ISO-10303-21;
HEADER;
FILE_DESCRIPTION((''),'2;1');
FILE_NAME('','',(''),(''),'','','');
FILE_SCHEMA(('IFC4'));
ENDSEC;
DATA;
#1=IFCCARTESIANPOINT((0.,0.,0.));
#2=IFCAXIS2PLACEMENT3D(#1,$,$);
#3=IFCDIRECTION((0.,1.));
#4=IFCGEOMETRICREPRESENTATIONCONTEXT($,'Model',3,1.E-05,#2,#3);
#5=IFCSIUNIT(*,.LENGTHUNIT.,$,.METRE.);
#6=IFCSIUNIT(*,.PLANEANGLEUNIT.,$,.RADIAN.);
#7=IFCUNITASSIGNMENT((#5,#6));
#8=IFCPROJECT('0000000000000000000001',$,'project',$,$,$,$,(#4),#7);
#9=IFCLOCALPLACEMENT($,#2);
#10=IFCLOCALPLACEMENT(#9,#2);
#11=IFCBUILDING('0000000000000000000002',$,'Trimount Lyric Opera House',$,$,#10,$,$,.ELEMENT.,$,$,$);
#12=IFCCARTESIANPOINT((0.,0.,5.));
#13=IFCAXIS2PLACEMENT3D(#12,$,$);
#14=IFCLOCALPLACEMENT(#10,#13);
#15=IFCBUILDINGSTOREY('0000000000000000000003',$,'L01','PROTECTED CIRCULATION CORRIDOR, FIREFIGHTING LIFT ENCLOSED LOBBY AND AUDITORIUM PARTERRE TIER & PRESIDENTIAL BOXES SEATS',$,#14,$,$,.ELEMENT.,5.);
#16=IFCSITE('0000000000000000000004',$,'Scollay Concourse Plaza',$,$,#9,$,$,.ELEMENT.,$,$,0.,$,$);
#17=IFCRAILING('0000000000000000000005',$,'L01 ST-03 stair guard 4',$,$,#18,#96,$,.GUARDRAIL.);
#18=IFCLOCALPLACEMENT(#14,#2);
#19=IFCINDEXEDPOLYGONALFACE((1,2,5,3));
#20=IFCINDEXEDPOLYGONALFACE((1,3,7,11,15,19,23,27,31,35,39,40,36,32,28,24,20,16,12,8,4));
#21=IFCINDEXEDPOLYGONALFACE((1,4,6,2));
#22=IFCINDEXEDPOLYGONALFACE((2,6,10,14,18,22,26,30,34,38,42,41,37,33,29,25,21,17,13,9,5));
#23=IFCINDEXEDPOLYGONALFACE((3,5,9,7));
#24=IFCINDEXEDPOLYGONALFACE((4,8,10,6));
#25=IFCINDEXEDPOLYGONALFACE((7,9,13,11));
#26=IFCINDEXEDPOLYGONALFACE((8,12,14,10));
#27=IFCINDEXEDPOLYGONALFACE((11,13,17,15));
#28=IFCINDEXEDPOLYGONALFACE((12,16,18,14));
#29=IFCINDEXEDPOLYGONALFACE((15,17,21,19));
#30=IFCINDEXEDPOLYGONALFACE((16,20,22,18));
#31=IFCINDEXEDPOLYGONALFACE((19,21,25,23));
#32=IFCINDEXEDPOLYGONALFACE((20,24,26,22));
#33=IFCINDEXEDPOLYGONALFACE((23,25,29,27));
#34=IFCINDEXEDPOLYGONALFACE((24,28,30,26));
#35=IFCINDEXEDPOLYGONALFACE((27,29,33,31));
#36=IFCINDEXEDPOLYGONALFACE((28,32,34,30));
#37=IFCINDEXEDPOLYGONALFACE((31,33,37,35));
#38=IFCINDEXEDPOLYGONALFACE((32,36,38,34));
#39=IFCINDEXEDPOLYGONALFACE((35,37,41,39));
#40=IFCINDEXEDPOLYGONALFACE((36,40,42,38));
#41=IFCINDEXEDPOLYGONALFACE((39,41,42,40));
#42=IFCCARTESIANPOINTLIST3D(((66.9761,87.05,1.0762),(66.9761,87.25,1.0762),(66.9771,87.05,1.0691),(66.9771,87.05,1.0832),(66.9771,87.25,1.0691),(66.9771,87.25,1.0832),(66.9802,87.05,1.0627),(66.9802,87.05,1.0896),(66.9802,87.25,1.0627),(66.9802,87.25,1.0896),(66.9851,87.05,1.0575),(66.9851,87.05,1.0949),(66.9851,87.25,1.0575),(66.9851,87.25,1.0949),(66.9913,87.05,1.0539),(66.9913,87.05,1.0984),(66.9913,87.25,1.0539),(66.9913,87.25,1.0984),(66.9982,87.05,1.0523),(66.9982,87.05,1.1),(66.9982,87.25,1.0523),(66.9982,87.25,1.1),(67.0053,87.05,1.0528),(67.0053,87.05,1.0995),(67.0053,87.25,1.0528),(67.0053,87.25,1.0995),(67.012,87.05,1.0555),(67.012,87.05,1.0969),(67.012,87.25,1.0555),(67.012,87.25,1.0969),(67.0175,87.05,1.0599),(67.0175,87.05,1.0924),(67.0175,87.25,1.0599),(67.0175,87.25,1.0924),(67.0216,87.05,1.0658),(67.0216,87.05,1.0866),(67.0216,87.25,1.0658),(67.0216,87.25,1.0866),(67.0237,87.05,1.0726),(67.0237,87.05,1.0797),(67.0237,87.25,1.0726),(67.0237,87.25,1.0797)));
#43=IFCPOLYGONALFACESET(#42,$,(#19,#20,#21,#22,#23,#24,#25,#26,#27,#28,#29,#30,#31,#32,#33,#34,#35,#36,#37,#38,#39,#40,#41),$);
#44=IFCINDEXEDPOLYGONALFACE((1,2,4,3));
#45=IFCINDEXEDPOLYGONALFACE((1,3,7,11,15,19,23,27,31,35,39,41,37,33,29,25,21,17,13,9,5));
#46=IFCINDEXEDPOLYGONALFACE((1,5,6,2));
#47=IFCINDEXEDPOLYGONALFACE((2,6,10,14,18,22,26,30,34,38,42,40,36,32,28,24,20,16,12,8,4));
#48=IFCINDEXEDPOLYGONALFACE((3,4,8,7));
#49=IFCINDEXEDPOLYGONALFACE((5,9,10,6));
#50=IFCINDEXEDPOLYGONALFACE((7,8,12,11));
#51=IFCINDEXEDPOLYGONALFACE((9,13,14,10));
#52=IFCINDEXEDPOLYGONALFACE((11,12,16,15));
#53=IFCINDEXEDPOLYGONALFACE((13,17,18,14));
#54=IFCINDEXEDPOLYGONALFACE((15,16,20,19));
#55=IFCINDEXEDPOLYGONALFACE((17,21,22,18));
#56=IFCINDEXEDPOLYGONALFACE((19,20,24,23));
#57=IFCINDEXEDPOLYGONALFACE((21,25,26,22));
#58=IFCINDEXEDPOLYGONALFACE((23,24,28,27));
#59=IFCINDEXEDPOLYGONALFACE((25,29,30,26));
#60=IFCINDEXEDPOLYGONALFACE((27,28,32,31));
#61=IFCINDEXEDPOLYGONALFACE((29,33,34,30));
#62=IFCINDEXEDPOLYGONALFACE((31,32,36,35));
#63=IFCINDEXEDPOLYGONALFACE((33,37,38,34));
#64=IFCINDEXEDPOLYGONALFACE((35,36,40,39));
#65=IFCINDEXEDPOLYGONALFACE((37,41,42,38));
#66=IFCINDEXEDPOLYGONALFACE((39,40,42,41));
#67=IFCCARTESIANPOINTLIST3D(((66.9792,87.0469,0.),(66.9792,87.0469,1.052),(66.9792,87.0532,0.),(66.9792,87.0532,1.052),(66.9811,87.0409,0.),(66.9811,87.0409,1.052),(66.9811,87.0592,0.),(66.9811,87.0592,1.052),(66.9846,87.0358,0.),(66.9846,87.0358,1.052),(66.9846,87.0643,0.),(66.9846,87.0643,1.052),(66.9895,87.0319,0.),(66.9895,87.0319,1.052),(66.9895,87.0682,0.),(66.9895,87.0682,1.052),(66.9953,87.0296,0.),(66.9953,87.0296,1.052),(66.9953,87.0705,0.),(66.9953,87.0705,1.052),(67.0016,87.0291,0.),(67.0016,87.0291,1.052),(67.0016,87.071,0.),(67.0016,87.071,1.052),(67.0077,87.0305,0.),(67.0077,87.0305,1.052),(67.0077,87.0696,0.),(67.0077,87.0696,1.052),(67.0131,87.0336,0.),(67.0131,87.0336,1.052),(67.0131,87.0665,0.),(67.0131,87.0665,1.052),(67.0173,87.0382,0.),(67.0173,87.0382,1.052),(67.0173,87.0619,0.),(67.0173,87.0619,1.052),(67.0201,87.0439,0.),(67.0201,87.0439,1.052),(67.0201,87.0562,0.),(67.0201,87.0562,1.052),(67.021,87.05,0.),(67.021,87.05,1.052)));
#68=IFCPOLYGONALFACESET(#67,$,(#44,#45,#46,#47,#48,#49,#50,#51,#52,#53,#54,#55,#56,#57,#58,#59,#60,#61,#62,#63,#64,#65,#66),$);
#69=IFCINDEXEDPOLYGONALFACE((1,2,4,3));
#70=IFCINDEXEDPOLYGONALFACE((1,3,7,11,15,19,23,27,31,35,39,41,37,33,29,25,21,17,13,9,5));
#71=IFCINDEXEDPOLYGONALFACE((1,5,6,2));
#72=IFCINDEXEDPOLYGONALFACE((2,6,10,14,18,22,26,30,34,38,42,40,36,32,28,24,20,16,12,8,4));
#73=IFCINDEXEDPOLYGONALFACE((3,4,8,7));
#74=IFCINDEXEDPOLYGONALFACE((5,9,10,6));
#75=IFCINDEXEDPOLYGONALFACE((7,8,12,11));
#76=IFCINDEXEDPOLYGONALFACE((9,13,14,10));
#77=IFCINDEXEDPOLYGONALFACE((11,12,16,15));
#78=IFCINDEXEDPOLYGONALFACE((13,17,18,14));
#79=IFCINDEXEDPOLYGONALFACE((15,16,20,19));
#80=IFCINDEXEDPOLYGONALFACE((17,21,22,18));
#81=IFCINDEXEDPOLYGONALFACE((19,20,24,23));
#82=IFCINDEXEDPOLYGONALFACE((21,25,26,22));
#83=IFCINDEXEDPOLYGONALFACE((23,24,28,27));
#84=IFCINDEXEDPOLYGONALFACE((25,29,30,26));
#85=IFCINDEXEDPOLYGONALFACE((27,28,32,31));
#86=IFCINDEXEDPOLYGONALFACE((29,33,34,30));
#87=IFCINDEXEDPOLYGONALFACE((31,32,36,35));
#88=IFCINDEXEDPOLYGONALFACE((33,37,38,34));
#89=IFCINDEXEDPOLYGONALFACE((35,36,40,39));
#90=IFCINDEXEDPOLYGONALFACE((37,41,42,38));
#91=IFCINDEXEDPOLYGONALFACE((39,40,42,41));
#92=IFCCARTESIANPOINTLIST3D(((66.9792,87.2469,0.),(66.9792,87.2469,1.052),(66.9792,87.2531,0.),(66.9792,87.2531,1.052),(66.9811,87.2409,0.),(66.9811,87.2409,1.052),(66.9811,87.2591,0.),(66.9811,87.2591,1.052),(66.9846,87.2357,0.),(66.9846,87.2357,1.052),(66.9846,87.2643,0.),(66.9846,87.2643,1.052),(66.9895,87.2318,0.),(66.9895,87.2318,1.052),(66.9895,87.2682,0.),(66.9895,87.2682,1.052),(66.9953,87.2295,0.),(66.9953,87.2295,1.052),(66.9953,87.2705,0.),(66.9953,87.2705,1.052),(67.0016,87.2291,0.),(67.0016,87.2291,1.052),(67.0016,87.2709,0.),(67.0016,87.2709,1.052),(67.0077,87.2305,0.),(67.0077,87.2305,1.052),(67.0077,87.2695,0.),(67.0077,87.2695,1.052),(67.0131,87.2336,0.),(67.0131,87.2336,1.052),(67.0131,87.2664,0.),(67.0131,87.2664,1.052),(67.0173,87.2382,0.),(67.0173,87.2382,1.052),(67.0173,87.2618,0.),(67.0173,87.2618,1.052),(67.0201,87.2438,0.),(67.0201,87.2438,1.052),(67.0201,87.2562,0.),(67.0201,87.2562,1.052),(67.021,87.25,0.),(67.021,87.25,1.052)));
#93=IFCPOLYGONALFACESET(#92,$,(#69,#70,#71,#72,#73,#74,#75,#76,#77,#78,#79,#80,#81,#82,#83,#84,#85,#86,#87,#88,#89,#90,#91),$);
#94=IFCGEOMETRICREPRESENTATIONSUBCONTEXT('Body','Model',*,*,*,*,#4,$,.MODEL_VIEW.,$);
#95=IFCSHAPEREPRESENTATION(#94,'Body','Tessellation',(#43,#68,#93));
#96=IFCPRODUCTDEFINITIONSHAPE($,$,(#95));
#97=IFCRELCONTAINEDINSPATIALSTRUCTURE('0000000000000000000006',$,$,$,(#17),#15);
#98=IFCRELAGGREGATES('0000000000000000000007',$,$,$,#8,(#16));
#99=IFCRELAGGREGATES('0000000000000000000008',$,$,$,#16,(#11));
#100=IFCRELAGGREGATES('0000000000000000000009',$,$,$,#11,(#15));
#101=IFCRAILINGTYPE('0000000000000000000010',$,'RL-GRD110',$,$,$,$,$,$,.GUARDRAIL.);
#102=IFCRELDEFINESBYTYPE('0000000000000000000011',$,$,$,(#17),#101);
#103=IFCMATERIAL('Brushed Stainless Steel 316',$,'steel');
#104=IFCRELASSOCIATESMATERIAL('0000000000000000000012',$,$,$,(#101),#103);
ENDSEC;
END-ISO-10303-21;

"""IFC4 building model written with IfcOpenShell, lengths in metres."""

from ifc_helpers import new_model, si_unit, direction, frame, origin, origin_2d, place, context, subcontext, project, spatial, circle, extrude, material, type_object, element, save


model = new_model("IFC4")

# Units and contexts
model_context = context("Model", 3, precision=1e-05, world=origin(), true_north=direction((0.0, 1.0)))
body_context = subcontext(model_context, "Body", "Model", "MODEL_VIEW")
ifc_project = project(units=[si_unit("LENGTHUNIT", "METRE"), si_unit("PLANEANGLEUNIT", "RADIAN")], contexts=[model_context])

# Site, building, storey
site_placement = place(None, origin())
site = spatial("IfcSite", under=ifc_project, at=site_placement, Name="Scollay Concourse Plaza", CompositionType="ELEMENT", RefElevation=0.0)
building_placement = place(site_placement, origin())
building = spatial("IfcBuilding", under=site, at=building_placement, Name="Trimount Lyric Opera House", CompositionType="ELEMENT")
storey_placement = place(building_placement, frame((0.0, 0.0, 5.0)))
storey = spatial("IfcBuildingStorey", under=building, at=storey_placement, Name="L01", Description="PROTECTED CIRCULATION CORRIDOR, FIREFIGHTING LIFT ENCLOSED LOBBY AND AUDITORIUM PARTERRE TIER & PRESIDENTIAL BOXES SEATS", CompositionType="ELEMENT", Elevation=5.0)

# Railing
ifc_material_1 = material(Name="Brushed Stainless Steel 316", Category="steel")
railing_type_1 = type_object("IfcRailingType", Name="RL-GRD110", PredefinedType="GUARDRAIL", material=ifc_material_1)
railing_1_placement = place(storey_placement, frame((67.0, 87.05, 0.0)))
element("IfcRailing", 1, at=railing_1_placement, inside=storey, type_object=railing_type_1, Name="L01 ST-03 stair guard 4", PredefinedType="GUARDRAIL", context=body_context, shape_type="SweptSolid", body=[
    extrude(circle(Radius=0.0239, at=origin_2d()), frame((0.0, 0.0, 1.0762), z_axis=(0.0, 1.0, 0.0), x_axis=(-1.0, 0.0, 0.0)), (0.0, 0.0, 1.0), 0.2),
    extrude(circle(Radius=0.021, at=origin_2d()), origin(), (0.0, 0.0, 1.0), 1.052),
    extrude(circle(Radius=0.021, at=origin_2d()), frame((0.0, 0.2, 0.0)), (0.0, 0.0, 1.0), 1.052),
])

save(model, "model.ifc")
